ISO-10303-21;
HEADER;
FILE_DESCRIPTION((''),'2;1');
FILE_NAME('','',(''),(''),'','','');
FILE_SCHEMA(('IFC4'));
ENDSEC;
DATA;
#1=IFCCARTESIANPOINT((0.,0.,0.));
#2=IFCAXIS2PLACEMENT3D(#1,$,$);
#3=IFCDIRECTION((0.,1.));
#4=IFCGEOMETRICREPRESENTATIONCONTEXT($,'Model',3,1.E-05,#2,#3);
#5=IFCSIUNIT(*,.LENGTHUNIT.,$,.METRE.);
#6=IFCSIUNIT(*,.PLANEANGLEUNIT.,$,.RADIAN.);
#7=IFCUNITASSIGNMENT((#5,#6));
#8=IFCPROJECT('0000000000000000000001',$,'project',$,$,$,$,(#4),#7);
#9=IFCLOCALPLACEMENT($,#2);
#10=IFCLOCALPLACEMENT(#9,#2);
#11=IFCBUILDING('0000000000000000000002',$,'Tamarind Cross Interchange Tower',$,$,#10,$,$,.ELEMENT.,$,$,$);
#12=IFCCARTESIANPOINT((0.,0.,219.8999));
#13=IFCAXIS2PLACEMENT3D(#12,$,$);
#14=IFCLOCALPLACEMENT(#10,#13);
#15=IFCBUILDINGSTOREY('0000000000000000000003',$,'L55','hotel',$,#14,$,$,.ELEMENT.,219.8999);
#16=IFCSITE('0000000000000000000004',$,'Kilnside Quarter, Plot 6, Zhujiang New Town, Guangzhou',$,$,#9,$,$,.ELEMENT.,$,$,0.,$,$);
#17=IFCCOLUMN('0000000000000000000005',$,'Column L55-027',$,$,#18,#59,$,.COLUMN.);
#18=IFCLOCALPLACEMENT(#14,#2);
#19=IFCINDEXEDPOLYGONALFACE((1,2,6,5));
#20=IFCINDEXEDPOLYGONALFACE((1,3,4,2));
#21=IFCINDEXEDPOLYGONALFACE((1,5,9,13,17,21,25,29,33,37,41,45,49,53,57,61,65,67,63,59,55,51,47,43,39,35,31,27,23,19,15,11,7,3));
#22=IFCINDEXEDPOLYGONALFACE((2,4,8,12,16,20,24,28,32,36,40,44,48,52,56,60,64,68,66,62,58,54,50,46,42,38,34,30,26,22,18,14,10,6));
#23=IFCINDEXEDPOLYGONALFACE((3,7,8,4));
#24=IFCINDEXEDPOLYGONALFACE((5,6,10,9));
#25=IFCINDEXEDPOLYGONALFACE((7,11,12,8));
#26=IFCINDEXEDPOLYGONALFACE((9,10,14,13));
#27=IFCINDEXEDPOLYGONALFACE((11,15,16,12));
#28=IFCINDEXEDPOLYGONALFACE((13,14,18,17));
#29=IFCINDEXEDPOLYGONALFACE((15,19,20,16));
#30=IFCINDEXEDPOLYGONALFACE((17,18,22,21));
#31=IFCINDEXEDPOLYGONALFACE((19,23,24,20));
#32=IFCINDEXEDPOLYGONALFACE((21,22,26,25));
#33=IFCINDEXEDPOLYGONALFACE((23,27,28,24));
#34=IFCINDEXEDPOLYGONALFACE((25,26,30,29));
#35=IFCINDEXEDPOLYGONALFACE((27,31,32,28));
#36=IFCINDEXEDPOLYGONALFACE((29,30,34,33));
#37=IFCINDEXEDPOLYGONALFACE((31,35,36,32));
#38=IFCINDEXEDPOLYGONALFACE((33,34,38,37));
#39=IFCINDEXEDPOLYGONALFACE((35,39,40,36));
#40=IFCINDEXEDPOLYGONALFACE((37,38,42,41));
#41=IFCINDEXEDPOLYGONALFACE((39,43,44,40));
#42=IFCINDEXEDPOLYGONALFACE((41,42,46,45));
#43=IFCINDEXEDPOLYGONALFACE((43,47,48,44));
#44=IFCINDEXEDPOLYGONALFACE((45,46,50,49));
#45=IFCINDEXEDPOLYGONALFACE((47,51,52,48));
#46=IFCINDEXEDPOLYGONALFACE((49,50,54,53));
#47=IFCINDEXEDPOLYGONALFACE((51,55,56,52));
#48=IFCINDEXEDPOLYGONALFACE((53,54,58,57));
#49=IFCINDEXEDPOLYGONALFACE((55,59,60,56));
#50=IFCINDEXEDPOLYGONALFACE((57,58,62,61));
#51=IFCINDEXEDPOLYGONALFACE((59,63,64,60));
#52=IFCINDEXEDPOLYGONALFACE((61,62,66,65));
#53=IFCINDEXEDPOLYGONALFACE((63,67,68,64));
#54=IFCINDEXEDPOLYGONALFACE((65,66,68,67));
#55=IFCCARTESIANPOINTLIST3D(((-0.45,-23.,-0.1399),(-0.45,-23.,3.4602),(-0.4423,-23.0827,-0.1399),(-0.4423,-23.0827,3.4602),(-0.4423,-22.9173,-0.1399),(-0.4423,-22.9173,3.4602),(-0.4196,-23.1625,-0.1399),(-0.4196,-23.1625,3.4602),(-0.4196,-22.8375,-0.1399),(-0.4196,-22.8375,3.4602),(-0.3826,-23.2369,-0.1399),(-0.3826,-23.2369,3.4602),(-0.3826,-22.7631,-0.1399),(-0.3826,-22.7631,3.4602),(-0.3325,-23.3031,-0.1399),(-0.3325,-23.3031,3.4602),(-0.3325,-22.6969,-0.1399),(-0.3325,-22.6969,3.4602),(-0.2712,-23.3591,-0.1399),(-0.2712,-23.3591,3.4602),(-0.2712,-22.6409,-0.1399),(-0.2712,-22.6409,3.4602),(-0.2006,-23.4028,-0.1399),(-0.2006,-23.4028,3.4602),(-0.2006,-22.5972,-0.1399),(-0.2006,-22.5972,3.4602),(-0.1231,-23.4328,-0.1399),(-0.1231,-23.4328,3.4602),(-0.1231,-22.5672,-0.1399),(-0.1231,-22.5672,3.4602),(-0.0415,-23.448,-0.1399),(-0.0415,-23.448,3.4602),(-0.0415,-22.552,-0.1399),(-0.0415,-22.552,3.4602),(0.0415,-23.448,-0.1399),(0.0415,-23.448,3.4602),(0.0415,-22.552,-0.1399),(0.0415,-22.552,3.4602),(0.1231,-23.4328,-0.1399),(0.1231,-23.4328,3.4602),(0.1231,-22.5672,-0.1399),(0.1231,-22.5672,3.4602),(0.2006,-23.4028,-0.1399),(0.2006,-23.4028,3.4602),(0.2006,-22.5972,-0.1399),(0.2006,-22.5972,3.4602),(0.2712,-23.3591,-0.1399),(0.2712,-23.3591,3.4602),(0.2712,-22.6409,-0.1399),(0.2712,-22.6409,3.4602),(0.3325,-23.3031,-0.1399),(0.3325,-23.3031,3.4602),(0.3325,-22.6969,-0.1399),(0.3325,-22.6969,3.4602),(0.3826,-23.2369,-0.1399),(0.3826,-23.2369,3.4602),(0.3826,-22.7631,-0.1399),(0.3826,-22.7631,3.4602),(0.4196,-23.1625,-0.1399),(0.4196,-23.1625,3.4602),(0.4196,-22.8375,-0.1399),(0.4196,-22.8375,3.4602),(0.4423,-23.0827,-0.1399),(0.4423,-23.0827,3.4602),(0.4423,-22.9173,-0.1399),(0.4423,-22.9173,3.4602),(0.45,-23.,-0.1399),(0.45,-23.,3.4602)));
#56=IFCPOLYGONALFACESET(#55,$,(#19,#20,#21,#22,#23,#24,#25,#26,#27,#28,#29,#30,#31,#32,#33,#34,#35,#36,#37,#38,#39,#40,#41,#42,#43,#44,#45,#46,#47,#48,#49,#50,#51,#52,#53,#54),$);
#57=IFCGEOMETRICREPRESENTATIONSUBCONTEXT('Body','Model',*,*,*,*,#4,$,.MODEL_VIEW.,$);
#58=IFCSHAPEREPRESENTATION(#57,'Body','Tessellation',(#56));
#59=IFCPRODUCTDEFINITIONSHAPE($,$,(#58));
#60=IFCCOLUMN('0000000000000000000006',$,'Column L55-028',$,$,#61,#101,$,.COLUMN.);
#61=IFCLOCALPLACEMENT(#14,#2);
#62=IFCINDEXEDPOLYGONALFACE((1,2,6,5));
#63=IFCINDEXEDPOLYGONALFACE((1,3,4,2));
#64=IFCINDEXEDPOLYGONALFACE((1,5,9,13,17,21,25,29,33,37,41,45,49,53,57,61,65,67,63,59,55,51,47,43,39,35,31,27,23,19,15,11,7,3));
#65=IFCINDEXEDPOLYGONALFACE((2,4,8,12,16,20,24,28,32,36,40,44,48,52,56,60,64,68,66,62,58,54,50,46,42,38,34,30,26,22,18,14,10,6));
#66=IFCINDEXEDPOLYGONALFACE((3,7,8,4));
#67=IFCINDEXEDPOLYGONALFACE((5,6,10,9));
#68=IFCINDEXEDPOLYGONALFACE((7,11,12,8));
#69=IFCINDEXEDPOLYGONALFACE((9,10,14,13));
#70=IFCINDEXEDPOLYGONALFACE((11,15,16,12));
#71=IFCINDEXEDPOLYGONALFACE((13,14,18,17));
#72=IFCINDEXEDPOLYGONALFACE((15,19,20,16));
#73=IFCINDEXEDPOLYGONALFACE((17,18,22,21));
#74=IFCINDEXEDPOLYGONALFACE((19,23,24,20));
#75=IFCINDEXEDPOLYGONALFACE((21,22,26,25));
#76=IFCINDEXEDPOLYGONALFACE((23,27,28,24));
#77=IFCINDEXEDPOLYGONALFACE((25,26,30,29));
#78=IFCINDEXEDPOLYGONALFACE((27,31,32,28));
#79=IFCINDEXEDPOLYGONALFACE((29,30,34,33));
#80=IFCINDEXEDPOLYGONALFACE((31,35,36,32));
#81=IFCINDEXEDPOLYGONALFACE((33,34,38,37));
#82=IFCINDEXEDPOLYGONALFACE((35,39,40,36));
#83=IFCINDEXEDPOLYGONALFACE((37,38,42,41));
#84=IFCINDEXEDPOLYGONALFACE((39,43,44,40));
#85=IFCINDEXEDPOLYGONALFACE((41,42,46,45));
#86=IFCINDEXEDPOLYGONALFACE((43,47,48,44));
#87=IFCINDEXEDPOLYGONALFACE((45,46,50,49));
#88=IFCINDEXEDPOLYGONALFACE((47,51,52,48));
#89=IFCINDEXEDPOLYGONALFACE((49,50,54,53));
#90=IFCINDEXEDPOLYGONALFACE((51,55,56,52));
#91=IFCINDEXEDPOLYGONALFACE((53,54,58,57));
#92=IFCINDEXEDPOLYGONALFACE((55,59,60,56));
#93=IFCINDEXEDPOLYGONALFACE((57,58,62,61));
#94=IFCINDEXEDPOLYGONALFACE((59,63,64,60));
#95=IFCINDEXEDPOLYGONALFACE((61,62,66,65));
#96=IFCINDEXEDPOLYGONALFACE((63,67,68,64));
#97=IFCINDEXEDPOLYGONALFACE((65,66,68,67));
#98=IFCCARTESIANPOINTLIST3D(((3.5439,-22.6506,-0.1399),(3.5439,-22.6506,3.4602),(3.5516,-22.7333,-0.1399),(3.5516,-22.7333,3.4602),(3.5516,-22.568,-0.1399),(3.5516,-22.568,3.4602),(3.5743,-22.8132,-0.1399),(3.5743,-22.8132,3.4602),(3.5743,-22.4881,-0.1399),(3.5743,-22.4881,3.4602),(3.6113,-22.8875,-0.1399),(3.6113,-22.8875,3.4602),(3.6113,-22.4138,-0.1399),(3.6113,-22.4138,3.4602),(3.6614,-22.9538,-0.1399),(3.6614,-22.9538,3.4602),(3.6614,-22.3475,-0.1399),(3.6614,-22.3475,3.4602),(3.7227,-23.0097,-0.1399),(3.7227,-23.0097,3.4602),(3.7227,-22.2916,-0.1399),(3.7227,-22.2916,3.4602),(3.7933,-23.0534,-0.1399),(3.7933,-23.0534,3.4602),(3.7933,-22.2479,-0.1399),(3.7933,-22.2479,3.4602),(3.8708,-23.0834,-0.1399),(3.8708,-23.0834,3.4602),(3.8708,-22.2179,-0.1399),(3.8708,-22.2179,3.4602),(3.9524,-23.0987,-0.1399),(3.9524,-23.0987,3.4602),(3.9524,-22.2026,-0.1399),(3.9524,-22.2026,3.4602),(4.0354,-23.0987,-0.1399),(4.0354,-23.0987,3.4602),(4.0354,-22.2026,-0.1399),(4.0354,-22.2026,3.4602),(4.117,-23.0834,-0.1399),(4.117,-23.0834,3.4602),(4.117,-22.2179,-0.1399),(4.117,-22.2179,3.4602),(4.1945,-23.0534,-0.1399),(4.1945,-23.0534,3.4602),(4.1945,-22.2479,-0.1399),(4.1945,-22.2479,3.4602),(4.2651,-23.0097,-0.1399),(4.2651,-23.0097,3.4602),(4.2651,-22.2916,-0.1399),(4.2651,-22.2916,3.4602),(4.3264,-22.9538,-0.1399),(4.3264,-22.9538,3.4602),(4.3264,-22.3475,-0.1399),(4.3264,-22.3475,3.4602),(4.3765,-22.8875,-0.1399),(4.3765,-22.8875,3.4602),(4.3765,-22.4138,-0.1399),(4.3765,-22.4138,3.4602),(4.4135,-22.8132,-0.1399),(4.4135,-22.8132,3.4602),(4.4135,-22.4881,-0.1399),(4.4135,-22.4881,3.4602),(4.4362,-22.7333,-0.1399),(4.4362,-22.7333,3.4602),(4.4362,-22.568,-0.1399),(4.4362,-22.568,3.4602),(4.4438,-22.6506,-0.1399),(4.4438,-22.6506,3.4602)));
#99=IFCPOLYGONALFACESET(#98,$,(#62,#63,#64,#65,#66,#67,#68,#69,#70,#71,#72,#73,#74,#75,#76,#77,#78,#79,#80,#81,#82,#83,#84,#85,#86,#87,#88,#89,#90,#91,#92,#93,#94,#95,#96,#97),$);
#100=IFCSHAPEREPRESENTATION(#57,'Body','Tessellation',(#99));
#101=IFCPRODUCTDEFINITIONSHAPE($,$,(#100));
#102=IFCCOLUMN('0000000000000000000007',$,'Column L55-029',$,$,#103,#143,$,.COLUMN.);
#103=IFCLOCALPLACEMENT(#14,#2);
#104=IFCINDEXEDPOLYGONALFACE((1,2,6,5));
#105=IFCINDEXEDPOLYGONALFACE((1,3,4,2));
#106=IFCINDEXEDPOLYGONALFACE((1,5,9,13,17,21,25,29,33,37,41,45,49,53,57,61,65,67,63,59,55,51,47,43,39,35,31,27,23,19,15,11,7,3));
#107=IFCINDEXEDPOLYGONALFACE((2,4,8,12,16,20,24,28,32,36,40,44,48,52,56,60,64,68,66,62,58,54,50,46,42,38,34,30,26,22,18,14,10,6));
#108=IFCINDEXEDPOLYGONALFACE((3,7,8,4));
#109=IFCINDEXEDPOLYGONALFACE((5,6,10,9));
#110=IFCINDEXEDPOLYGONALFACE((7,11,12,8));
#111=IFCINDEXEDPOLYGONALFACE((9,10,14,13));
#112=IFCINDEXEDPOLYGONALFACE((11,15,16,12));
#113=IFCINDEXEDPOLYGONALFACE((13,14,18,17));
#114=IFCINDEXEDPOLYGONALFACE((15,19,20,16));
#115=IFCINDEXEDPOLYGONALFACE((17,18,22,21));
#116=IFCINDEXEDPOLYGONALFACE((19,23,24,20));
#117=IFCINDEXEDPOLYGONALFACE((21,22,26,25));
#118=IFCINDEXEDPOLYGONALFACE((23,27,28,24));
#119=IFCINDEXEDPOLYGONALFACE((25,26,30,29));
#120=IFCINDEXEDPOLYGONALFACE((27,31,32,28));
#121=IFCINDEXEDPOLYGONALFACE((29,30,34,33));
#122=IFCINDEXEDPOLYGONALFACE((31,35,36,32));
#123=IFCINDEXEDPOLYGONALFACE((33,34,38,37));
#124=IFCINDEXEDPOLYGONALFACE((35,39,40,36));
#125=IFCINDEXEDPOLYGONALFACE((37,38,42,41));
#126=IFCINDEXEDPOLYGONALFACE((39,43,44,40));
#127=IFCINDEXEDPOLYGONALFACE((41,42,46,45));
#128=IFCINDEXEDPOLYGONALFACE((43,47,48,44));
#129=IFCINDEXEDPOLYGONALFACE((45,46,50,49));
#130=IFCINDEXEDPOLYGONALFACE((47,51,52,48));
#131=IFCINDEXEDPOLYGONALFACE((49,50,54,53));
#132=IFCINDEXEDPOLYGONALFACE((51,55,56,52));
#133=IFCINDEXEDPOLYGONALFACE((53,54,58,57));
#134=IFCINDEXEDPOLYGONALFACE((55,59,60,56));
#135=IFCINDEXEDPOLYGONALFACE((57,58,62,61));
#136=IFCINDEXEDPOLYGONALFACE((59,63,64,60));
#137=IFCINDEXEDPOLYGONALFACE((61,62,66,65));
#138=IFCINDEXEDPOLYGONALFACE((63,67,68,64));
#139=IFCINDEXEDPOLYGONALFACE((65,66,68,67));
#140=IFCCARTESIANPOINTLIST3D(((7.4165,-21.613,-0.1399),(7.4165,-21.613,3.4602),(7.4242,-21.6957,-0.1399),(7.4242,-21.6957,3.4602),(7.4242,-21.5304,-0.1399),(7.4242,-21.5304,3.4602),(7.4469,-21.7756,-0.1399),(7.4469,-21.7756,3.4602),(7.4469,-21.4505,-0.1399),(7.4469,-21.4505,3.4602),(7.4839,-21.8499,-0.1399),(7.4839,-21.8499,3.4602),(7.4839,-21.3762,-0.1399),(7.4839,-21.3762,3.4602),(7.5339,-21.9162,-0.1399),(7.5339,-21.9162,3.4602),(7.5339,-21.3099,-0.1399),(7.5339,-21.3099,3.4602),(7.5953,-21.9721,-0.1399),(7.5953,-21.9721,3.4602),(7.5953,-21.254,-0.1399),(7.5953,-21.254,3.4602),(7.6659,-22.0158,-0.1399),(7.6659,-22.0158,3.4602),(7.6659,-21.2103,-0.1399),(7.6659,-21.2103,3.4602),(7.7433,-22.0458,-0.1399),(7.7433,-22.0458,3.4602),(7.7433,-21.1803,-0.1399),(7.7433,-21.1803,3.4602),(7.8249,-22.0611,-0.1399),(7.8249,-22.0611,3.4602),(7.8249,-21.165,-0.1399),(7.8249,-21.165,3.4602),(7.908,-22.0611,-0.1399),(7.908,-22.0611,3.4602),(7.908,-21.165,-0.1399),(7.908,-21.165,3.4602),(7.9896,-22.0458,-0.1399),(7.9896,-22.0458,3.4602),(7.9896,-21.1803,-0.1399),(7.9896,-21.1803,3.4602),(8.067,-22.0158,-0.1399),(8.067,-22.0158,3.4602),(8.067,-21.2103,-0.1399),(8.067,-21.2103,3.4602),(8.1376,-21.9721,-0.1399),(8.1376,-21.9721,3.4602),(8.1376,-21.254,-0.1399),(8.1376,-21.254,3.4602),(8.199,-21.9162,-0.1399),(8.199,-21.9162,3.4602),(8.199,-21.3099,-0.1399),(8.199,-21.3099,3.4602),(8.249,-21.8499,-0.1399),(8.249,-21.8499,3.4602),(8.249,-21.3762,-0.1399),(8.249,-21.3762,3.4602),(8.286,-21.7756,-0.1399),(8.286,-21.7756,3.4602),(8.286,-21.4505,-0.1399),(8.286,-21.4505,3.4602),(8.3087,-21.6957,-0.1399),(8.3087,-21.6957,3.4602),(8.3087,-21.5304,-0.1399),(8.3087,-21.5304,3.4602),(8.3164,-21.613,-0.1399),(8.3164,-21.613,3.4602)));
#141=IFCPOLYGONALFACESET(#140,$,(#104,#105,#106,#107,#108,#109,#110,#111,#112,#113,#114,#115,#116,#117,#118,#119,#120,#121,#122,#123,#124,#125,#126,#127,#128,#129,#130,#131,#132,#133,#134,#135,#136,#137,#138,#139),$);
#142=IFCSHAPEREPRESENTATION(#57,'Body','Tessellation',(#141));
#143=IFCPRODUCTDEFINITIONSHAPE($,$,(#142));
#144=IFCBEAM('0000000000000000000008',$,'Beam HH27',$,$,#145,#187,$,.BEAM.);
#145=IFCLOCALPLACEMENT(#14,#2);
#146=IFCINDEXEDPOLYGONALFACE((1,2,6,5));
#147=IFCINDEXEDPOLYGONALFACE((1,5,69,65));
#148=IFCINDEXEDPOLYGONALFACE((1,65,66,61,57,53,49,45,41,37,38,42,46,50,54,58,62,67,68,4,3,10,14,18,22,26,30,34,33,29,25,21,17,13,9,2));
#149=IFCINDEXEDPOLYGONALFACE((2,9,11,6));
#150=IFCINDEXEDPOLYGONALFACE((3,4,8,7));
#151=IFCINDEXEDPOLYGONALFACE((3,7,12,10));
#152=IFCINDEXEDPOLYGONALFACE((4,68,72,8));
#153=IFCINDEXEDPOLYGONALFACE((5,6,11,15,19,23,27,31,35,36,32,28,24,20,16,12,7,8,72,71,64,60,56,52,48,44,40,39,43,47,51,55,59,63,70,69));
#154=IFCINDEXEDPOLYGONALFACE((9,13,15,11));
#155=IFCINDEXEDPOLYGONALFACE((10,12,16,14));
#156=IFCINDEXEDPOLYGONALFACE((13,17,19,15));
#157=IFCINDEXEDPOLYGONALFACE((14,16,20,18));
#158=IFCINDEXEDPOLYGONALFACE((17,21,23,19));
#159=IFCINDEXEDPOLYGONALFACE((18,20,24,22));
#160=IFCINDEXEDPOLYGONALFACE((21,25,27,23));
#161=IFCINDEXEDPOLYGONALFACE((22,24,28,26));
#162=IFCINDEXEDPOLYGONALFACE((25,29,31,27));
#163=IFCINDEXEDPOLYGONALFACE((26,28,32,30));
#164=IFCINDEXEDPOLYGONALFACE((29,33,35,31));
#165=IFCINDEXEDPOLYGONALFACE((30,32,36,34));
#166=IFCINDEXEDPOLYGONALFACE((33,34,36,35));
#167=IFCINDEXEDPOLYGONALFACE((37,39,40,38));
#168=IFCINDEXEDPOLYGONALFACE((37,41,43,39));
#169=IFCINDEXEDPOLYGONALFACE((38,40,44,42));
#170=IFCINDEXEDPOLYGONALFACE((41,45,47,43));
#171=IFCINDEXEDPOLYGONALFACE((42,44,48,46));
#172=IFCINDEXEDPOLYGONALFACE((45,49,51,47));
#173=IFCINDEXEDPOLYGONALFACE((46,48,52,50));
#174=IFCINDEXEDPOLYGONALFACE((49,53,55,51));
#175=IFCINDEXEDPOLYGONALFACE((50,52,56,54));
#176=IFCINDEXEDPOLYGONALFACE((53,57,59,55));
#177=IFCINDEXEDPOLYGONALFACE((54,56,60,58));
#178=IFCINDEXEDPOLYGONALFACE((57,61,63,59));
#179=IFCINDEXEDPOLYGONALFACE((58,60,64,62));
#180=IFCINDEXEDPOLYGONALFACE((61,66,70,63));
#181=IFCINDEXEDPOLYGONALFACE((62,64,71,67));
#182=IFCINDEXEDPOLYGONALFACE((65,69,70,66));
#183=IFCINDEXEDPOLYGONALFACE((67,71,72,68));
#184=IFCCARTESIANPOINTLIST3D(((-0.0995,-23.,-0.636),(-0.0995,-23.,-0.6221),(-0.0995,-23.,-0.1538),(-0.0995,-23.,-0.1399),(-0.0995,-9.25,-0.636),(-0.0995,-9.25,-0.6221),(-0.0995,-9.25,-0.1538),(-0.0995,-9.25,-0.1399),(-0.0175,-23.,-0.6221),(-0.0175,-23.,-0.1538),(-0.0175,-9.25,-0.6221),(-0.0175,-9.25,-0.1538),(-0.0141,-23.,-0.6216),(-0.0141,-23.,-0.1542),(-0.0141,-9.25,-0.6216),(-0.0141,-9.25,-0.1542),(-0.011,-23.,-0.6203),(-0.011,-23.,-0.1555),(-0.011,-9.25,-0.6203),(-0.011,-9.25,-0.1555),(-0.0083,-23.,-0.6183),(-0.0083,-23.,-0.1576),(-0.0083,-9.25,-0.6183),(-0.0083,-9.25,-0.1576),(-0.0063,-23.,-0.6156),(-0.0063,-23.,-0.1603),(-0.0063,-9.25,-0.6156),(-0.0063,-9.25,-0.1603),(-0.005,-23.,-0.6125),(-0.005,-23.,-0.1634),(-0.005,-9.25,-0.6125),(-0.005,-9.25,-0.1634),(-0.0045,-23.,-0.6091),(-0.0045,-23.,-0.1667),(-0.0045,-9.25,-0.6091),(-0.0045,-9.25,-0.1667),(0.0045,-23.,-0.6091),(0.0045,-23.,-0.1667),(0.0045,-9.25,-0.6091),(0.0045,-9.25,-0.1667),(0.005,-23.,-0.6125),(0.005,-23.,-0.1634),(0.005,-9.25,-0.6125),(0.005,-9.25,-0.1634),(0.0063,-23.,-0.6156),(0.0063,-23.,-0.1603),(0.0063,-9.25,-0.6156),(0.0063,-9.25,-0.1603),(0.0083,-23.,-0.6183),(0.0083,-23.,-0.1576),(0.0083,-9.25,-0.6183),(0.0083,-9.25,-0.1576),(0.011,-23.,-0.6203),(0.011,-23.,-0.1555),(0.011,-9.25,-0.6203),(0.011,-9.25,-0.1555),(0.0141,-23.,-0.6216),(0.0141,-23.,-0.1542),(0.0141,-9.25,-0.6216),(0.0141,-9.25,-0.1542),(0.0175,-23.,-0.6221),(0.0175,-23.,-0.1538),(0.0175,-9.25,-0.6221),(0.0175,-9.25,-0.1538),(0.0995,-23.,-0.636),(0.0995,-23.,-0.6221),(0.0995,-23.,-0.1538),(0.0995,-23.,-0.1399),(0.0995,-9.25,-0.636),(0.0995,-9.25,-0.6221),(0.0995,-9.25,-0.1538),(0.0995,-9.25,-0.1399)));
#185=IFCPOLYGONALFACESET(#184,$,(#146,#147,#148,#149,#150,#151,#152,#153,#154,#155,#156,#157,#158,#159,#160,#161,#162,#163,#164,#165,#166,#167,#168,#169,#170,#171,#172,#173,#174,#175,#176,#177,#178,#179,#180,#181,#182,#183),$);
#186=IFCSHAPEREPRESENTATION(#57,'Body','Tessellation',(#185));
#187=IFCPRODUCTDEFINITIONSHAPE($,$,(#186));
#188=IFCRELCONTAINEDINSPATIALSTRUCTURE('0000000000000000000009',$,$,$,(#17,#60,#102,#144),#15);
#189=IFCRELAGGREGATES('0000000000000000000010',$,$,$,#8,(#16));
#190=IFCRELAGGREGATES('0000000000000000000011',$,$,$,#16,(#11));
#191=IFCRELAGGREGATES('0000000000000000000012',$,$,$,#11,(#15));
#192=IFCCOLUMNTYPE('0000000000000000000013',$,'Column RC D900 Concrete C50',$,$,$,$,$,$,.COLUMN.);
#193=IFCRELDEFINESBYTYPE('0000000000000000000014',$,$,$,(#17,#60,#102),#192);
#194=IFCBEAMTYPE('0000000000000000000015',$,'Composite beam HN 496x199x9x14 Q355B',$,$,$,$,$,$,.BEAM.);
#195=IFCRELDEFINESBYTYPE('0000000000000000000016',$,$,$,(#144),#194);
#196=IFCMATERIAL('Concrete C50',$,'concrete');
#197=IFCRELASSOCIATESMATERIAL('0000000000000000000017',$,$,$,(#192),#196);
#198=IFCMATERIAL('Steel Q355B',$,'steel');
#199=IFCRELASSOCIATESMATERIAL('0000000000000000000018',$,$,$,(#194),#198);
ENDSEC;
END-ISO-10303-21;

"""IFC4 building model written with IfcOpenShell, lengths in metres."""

from ifc_helpers import new_model, si_unit, direction, frame, origin, origin_2d, place, context, subcontext, project, spatial, circle, i_section, extrude, material, material_profile, profile_set, type_object, element, save


model = new_model("IFC4")

# Units and contexts
model_context = context("Model", 3, precision=1e-05, world=origin(), true_north=direction((0.0, 1.0)))
body_context = subcontext(model_context, "Body", "Model", "MODEL_VIEW")
ifc_project = project(units=[si_unit("LENGTHUNIT", "METRE"), si_unit("PLANEANGLEUNIT", "RADIAN")], contexts=[model_context])

# Site, building, storey
site_placement = place(None, origin())
site = spatial("IfcSite", under=ifc_project, at=site_placement, Name="Kilnside Quarter, Plot 6, Zhujiang New Town, Guangzhou", CompositionType="ELEMENT", RefElevation=0.0)
building_placement = place(site_placement, origin())
building = spatial("IfcBuilding", under=site, at=building_placement, Name="Tamarind Cross Interchange Tower", CompositionType="ELEMENT")
storey_placement = place(building_placement, frame((0.0, 0.0, 219.8999)))
storey = spatial("IfcBuildingStorey", under=building, at=storey_placement, Name="L55", Description="hotel", CompositionType="ELEMENT", Elevation=219.8999)

# Columns
ifc_material_1 = material(Name="Concrete C50", Category="concrete")
ifc_material_profile_1 = material_profile(ifc_material_1, circle(Radius=0.45, at=origin_2d()), Name="RC D900")
ifc_profile_set_1 = profile_set([ifc_material_profile_1], Name="Concrete C50")
column_type = type_object("IfcColumnType", Name="Column RC D900 Concrete C50", PredefinedType="COLUMN", material=ifc_profile_set_1)
for number, where, z_axis, x_axis, name in (
    (1, (0.0, -23.0, -0.1399), (0.0, 0.0, 1.0), (1.0, 0.0, 0.0), "Column L55-027"),
    (2, (3.9939, -22.6506, -0.1399), (0.0, 0.0, 1.0), (1.0, 0.0, 0.0), "Column L55-028"),
    (3, (7.8665, -21.613, -0.1399), (0.0, 0.0, 1.0), (1.0, 0.0, 0.0), "Column L55-029"),
):
    element("IfcColumn", number, at=place(storey_placement, frame(where, z_axis=z_axis, x_axis=x_axis)), inside=storey, type_object=column_type, Name=name, PredefinedType="COLUMN", context=body_context, shape_type="SweptSolid", body=[
        extrude(circle(Radius=0.45, at=origin_2d()), origin(), (0.0, 0.0, 1.0), 3.6001),
    ])

# Beam
ifc_material_2 = material(Name="Steel Q355B", Category="steel")
ifc_material_profile_2 = material_profile(ifc_material_2, i_section(OverallWidth=0.199, OverallDepth=0.4961, WebThickness=0.009, FlangeThickness=0.0139, FilletRadius=0.0129, at=origin_2d()), Name="HN 496x199x9x14")
ifc_profile_set_2 = profile_set([ifc_material_profile_2], Name="Steel Q355B")
beam_type = type_object("IfcBeamType", Name="Composite beam HN 496x199x9x14 Q355B", PredefinedType="BEAM", material=ifc_profile_set_2)
beam_1_placement = place(storey_placement, frame((0.0, -23.0, -0.3879), z_axis=(0.0, 1.0, 0.0), x_axis=(-1.0, 0.0, 0.0)))
element("IfcBeam", 4, at=beam_1_placement, inside=storey, type_object=beam_type, Name="Beam HH27", PredefinedType="BEAM", context=body_context, shape_type="SweptSolid", body=[
    extrude(i_section(OverallWidth=0.199, OverallDepth=0.4961, WebThickness=0.009, FlangeThickness=0.0139, FilletRadius=0.0129, at=origin_2d()), origin(), (0.0, 0.0, 1.0), 13.75),
])

save(model, "model.ifc")
